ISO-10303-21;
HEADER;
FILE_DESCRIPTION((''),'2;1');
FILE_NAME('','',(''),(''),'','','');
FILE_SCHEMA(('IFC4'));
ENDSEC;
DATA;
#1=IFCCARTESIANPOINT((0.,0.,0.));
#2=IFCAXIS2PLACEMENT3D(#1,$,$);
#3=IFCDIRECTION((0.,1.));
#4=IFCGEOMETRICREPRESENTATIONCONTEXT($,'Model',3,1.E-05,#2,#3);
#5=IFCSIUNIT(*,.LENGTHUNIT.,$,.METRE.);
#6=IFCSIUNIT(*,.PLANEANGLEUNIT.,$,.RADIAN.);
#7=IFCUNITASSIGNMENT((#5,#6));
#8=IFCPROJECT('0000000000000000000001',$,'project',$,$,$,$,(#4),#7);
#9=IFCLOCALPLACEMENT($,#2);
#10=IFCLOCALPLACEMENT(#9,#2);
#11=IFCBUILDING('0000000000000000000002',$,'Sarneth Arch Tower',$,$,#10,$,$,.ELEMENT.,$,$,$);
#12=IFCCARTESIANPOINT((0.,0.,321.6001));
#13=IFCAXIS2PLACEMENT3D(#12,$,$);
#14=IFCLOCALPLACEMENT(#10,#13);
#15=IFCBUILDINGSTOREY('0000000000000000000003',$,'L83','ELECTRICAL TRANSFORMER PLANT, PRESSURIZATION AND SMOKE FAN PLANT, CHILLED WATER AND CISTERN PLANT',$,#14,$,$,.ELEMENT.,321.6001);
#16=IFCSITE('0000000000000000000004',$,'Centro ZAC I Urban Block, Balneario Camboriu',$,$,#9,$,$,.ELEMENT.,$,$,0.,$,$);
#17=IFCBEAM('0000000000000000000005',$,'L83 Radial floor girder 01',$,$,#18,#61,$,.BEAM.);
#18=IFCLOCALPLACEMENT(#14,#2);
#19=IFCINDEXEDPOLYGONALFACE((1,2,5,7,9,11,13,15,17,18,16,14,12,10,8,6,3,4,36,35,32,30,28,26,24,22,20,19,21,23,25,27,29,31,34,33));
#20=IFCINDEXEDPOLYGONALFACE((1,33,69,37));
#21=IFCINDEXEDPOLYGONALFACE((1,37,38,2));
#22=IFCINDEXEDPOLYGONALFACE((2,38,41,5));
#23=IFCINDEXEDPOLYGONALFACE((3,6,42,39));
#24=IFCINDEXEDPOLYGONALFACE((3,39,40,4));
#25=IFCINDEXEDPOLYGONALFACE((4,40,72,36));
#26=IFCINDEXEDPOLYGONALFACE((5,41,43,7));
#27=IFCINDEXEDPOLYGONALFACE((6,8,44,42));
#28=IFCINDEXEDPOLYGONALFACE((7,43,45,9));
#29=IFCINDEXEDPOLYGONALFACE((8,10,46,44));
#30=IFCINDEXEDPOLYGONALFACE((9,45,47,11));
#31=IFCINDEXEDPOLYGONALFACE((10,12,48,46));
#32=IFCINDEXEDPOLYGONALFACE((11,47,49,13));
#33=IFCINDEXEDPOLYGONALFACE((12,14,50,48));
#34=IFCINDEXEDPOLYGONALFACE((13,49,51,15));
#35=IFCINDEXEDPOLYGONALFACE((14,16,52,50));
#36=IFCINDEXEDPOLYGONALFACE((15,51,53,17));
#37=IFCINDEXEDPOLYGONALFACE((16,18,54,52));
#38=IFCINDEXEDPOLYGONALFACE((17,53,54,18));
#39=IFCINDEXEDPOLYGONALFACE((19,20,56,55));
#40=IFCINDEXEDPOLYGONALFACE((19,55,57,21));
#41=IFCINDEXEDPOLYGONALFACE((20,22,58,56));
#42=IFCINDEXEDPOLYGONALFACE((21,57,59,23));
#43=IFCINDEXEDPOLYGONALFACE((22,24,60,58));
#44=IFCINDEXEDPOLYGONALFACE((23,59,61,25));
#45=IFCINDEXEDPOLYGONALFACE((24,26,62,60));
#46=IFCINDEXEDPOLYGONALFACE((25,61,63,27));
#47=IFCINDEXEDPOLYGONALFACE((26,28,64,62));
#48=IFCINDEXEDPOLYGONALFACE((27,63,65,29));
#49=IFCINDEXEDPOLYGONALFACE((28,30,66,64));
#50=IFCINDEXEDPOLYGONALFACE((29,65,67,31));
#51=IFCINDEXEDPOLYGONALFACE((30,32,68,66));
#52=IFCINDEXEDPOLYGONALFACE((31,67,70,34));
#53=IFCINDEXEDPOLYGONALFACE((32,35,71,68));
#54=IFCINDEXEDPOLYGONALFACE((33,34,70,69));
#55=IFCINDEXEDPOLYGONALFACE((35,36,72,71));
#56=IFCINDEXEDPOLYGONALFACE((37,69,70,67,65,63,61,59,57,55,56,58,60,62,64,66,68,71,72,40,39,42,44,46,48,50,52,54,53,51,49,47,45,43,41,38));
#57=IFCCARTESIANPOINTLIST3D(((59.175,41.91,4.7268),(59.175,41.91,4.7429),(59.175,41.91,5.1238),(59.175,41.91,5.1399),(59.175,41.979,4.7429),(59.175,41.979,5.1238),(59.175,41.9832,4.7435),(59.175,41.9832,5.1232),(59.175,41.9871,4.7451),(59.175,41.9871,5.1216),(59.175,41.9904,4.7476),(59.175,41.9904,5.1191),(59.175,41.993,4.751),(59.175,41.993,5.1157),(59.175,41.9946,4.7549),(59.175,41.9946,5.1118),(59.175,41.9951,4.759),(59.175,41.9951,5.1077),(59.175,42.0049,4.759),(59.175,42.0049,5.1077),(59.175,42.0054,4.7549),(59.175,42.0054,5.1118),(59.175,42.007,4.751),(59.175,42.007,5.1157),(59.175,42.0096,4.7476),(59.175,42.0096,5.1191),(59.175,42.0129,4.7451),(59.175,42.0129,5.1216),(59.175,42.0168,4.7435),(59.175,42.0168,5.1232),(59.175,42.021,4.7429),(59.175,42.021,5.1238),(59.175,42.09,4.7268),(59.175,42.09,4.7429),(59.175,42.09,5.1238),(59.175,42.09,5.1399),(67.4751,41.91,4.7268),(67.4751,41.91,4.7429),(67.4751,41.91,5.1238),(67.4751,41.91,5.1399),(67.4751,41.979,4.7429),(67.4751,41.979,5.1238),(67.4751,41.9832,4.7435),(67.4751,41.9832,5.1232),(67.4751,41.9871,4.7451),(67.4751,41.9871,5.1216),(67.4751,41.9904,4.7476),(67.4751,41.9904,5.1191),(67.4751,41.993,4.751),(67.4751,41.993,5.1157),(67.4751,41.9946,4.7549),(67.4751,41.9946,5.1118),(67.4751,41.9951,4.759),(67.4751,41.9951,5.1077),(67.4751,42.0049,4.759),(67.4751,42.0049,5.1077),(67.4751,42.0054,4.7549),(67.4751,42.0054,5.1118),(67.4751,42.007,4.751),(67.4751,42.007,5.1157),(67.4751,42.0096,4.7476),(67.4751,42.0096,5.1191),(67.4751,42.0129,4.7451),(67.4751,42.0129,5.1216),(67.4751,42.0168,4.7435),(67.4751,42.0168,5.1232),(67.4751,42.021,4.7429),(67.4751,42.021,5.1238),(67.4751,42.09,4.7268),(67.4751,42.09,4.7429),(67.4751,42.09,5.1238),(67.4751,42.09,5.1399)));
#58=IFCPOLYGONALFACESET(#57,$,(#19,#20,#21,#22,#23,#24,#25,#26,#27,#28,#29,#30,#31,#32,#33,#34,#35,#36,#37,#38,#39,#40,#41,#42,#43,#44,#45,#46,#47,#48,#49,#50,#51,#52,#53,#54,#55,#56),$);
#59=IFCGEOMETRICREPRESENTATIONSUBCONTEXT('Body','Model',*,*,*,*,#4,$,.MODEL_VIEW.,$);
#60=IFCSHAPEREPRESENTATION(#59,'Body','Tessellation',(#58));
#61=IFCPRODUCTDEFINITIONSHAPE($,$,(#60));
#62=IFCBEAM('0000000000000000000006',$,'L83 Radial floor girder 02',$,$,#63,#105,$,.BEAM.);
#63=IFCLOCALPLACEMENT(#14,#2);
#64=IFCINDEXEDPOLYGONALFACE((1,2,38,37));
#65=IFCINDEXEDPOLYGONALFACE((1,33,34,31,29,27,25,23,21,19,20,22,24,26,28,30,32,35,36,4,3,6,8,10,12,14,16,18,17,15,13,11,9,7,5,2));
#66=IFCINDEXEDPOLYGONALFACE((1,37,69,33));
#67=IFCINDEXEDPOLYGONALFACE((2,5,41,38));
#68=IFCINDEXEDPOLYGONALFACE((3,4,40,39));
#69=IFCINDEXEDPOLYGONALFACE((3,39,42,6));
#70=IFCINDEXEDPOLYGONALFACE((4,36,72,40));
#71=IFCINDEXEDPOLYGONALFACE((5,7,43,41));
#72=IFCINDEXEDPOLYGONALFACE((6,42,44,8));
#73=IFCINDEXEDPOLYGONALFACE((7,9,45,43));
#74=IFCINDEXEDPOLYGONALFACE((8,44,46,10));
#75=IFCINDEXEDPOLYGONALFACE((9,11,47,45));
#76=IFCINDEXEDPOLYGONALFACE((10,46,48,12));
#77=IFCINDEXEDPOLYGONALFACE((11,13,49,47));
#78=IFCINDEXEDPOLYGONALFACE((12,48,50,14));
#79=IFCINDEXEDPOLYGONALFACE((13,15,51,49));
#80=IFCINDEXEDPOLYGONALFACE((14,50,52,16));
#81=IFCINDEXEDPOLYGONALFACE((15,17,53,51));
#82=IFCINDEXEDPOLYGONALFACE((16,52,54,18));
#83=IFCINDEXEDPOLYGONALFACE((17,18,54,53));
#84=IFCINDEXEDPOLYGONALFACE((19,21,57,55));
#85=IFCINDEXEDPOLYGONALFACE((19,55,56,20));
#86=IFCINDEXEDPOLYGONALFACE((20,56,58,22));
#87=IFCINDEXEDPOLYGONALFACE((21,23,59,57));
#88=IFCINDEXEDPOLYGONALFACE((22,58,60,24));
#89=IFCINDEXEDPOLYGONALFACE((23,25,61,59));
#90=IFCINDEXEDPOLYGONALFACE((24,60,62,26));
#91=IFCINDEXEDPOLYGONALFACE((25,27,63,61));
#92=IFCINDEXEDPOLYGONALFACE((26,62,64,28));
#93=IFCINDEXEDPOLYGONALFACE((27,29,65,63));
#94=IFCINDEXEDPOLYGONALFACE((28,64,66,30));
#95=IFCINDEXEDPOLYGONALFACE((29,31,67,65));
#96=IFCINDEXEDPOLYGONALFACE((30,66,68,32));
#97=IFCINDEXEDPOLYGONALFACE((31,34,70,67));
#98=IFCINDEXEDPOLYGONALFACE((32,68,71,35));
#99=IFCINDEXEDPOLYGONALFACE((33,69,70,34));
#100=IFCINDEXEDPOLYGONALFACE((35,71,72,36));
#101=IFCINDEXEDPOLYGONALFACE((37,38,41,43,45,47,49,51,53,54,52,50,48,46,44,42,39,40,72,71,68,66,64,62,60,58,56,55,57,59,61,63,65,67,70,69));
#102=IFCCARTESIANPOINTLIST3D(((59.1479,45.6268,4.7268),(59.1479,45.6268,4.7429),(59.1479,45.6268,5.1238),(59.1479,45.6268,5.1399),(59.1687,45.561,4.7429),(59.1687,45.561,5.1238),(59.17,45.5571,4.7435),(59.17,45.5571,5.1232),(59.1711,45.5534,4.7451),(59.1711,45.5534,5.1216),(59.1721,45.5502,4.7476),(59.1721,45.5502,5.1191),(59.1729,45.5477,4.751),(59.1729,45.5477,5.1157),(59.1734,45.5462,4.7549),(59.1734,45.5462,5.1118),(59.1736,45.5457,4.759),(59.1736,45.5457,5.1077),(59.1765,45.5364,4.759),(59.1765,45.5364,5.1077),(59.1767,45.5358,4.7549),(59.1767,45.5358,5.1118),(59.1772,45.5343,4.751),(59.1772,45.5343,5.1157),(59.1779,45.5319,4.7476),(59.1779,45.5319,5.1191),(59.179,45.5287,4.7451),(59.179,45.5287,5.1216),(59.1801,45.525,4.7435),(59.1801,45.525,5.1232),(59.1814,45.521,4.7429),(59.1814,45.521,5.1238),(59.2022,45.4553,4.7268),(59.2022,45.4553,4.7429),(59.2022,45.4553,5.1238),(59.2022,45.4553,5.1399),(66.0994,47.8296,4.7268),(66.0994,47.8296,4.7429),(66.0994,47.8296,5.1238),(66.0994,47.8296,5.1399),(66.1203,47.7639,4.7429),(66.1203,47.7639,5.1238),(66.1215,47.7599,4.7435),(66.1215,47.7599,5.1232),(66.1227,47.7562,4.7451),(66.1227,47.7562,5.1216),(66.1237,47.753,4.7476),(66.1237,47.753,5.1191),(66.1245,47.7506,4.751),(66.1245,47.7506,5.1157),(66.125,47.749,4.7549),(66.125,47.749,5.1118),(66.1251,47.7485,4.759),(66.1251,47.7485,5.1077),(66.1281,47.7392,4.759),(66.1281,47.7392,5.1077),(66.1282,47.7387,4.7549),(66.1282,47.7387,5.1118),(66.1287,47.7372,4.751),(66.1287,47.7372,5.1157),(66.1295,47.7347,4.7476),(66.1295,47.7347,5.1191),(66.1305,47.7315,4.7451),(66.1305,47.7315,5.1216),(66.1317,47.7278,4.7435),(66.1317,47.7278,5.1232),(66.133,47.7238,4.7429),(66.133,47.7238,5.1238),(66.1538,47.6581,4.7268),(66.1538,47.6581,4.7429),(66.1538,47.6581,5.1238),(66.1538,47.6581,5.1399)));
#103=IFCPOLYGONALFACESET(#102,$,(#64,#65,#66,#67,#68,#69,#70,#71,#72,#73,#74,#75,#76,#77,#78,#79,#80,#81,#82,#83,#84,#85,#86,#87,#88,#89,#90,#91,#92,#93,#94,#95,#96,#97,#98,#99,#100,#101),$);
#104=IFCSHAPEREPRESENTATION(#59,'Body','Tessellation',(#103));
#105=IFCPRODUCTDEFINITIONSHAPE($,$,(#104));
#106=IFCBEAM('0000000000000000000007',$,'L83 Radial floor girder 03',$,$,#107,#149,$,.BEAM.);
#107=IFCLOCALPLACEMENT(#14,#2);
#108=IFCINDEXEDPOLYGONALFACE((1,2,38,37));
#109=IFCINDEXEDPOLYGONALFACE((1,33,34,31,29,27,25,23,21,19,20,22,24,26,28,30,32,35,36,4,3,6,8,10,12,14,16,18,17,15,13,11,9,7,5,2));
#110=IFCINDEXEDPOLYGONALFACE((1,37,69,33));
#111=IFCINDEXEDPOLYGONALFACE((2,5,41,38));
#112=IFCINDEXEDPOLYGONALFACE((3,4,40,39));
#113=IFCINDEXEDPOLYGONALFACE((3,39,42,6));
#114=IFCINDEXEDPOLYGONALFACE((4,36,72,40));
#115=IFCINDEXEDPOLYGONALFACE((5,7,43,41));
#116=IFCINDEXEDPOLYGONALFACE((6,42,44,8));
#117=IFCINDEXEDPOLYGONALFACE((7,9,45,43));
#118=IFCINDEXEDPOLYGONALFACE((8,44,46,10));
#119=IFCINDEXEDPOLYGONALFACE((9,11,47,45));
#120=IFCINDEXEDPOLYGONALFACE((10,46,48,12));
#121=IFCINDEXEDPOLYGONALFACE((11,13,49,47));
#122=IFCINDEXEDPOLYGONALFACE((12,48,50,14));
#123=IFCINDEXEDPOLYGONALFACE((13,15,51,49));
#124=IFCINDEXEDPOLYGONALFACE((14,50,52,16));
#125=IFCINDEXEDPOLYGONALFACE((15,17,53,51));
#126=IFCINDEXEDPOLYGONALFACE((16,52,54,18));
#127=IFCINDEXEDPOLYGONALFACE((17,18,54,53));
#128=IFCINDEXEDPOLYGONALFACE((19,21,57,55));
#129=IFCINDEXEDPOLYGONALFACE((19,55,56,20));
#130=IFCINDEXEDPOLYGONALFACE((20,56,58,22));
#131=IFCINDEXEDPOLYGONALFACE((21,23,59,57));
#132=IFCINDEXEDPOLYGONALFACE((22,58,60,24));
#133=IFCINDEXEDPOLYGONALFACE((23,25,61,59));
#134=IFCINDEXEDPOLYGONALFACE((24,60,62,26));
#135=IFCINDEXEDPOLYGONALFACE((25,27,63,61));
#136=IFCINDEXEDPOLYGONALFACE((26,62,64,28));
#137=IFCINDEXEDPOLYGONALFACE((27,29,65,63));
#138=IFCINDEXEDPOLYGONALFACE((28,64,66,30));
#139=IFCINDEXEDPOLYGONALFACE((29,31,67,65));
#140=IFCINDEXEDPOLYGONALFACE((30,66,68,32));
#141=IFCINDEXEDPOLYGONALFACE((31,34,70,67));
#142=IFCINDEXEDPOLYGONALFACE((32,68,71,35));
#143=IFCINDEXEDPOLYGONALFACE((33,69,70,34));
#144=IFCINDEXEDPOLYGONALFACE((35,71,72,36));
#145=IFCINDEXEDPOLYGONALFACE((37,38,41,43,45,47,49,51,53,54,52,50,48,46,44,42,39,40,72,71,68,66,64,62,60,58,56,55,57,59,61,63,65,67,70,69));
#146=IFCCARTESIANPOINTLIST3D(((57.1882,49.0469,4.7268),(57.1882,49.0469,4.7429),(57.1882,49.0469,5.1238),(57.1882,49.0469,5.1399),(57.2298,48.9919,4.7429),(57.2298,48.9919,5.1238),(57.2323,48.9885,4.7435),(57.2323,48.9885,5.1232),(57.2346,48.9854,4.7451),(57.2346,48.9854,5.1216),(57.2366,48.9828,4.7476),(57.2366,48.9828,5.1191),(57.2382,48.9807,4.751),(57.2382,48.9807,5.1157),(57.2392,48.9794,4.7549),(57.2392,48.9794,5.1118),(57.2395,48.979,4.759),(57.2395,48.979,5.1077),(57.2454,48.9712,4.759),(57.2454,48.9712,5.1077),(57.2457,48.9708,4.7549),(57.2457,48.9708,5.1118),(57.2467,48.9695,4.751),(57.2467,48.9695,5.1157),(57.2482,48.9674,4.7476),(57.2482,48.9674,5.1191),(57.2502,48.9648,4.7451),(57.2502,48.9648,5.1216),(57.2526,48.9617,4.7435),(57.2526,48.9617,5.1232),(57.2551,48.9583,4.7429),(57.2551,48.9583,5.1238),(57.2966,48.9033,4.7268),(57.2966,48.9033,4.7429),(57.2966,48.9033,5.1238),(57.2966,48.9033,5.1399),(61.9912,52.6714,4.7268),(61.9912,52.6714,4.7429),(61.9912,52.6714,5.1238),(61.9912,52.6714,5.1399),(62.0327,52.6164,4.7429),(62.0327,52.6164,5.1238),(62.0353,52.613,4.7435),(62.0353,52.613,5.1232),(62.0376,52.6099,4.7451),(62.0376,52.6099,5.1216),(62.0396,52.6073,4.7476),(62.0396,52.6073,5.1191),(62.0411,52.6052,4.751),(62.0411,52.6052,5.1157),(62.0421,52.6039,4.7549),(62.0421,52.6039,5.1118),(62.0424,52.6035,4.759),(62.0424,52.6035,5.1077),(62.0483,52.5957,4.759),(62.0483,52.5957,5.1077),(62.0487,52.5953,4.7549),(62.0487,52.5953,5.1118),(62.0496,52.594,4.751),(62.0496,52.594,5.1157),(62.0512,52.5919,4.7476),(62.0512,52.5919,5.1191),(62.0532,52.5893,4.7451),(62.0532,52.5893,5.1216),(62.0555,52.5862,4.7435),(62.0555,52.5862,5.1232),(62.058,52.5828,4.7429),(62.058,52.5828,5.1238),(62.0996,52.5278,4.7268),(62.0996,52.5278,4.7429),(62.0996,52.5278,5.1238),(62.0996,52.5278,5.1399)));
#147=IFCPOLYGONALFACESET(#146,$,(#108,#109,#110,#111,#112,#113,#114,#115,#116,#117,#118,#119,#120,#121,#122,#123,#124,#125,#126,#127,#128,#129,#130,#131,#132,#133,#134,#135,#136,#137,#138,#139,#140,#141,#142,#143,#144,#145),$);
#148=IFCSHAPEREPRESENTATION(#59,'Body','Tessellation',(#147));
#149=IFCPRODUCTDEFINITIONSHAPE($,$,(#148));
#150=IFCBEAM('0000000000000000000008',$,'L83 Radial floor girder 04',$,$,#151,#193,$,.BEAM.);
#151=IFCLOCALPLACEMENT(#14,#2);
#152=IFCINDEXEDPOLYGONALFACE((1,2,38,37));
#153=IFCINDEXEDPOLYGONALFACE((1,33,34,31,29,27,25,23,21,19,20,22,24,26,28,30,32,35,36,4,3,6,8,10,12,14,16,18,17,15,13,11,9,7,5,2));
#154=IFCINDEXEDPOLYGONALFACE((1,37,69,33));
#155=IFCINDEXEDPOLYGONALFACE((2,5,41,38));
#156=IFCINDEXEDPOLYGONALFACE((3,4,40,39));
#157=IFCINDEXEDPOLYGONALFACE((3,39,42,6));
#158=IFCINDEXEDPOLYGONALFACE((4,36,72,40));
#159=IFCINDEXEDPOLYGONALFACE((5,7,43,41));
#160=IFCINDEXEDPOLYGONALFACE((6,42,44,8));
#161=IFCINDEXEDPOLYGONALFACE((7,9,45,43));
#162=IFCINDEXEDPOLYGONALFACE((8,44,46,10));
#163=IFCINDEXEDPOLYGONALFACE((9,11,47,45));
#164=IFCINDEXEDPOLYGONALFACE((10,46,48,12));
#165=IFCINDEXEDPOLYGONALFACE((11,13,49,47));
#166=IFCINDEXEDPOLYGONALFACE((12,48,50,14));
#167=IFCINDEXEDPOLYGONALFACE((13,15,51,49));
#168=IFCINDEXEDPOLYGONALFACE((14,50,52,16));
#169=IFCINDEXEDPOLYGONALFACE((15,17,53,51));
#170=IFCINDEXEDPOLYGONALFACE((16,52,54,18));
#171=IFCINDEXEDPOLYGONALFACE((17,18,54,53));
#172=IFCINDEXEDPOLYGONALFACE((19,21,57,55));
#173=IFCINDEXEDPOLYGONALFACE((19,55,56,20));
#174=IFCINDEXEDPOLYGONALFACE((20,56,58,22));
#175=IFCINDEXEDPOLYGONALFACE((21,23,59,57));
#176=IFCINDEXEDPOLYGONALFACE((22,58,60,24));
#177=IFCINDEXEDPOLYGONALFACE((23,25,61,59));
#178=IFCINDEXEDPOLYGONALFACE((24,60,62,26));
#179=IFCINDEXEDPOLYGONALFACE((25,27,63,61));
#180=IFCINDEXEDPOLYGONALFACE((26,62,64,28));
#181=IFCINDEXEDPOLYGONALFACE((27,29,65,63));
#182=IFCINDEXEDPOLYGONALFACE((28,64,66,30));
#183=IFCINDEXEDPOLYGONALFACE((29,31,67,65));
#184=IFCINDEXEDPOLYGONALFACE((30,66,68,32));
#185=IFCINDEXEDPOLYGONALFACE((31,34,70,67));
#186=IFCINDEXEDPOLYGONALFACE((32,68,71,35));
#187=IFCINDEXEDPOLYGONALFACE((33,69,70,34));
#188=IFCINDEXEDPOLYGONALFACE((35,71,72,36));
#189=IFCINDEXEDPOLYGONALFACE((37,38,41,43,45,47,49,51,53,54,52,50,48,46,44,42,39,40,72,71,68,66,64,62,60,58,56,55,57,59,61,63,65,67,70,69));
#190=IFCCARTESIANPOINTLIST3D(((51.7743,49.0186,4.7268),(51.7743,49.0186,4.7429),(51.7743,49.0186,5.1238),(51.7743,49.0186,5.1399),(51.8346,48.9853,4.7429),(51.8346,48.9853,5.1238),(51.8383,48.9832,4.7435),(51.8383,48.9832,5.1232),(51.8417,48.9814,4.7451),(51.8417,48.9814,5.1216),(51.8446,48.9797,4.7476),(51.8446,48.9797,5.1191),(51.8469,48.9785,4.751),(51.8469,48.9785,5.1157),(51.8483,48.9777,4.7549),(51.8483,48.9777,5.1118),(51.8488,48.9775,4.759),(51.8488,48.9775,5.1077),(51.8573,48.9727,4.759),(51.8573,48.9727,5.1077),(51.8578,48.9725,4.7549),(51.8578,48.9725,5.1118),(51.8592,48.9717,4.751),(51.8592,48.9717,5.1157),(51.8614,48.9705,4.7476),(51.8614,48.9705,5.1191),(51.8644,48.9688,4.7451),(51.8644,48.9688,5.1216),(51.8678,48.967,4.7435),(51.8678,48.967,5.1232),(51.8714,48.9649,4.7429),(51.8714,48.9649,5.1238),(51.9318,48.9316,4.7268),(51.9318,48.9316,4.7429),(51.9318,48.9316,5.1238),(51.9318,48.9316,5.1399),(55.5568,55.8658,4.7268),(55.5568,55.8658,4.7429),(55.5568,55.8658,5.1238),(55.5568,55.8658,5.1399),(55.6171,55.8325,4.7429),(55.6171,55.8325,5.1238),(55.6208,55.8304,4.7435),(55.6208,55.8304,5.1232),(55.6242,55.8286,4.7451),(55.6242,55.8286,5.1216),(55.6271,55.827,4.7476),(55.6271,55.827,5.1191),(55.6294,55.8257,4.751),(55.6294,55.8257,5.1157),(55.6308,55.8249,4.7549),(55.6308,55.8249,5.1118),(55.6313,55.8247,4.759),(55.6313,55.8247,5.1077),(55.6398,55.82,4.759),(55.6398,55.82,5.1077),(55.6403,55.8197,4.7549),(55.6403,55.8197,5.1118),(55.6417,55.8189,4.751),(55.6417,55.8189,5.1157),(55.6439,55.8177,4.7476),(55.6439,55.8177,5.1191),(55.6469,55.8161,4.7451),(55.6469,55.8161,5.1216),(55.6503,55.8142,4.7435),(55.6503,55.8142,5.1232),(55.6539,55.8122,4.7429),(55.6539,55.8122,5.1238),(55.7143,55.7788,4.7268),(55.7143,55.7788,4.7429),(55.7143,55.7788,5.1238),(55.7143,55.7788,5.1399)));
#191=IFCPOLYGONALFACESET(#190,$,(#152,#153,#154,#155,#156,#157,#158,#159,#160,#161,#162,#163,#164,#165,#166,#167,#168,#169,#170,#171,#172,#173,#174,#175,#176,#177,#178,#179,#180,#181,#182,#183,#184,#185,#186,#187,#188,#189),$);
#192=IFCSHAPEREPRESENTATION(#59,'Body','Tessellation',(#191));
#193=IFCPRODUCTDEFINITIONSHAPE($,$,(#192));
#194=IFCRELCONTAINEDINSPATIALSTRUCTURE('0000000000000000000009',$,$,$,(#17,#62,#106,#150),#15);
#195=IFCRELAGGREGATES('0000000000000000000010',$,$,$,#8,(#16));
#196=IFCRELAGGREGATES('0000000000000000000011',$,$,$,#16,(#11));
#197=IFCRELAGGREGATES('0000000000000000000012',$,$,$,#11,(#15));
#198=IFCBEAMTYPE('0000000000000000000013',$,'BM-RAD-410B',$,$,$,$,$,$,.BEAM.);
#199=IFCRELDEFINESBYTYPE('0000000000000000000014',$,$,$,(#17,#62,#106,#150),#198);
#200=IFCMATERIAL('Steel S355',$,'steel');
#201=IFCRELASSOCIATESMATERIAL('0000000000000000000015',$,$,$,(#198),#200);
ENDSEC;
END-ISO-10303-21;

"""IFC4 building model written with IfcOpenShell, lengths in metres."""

from ifc_helpers import new_model, si_unit, direction, frame, origin, origin_2d, place, context, subcontext, project, spatial, i_section, extrude, material, material_profile, profile_set, type_object, element, save


model = new_model("IFC4")

# Units and contexts
model_context = context("Model", 3, precision=1e-05, world=origin(), true_north=direction((0.0, 1.0)))
body_context = subcontext(model_context, "Body", "Model", "MODEL_VIEW")
ifc_project = project(units=[si_unit("LENGTHUNIT", "METRE"), si_unit("PLANEANGLEUNIT", "RADIAN")], contexts=[model_context])

# Site, building, storey
site_placement = place(None, origin())
site = spatial("IfcSite", under=ifc_project, at=site_placement, Name="Centro ZAC I Urban Block, Balneario Camboriu", CompositionType="ELEMENT", RefElevation=0.0)
building_placement = place(site_placement, origin())
building = spatial("IfcBuilding", under=site, at=building_placement, Name="Sarneth Arch Tower", CompositionType="ELEMENT")
storey_placement = place(building_placement, frame((0.0, 0.0, 321.6001)))
storey = spatial("IfcBuildingStorey", under=building, at=storey_placement, Name="L83", Description="ELECTRICAL TRANSFORMER PLANT, PRESSURIZATION AND SMOKE FAN PLANT, CHILLED WATER AND CISTERN PLANT", CompositionType="ELEMENT", Elevation=321.6001)

# Beams
ifc_material_1 = material(Name="Steel S355", Category="steel")
ifc_material_profile_1 = material_profile(ifc_material_1, i_section(OverallWidth=0.1799, OverallDepth=0.4131, WebThickness=0.0098, FlangeThickness=0.0161, FilletRadius=0.0161, at=origin_2d()), Name="W410x75")
ifc_profile_set_1 = profile_set([ifc_material_profile_1], Name="Steel S355")
beam_type_1 = type_object("IfcBeamType", Name="BM-RAD-410B", PredefinedType="BEAM", material=ifc_profile_set_1)
beam_1_placement = place(storey_placement, frame((59.175, 42.0, 4.9333), z_axis=(1.0, 0.0, 0.0), x_axis=(0.0, 1.0, 0.0)))
element("IfcBeam", 1, at=beam_1_placement, inside=storey, type_object=beam_type_1, Name="L83 Radial floor girder 01", PredefinedType="BEAM", context=body_context, shape_type="SweptSolid", body=[
    extrude(i_section(OverallWidth=0.1799, OverallDepth=0.4131, WebThickness=0.0098, FlangeThickness=0.0161, FilletRadius=0.0161, at=origin_2d()), origin(), (0.0, 0.0, 1.0), 8.3),
])
beam_2_placement = place(storey_placement, frame((59.175, 45.541, 4.9333), z_axis=(0.953282, 0.302081, 0.0), x_axis=(-0.302081, 0.953282, 0.0)))
element("IfcBeam", 2, at=beam_2_placement, inside=storey, type_object=beam_type_1, Name="L83 Radial floor girder 02", PredefinedType="BEAM", context=body_context, shape_type="SweptSolid", body=[
    extrude(i_section(OverallWidth=0.1799, OverallDepth=0.4131, WebThickness=0.0098, FlangeThickness=0.0161, FilletRadius=0.0161, at=origin_2d()), origin(), (0.0, 0.0, 1.0), 7.2922),
])
beam_3_placement = place(storey_placement, frame((57.2424, 48.9751, 4.9333), z_axis=(0.798219, 0.602367, 0.0), x_axis=(-0.602367, 0.798219, 0.0)))
element("IfcBeam", 3, at=beam_3_placement, inside=storey, type_object=beam_type_1, Name="L83 Radial floor girder 03", PredefinedType="BEAM", context=body_context, shape_type="SweptSolid", body=[
    extrude(i_section(OverallWidth=0.1799, OverallDepth=0.4131, WebThickness=0.0098, FlangeThickness=0.0161, FilletRadius=0.0161, at=origin_2d()), origin(), (0.0, 0.0, 1.0), 6.0171),
])
beam_4_placement = place(storey_placement, frame((51.853, 48.9751, 4.9333), z_axis=(0.48354, 0.875322, 0.0), x_axis=(-0.875322, 0.48354, 0.0)))
element("IfcBeam", 4, at=beam_4_placement, inside=storey, type_object=beam_type_1, Name="L83 Radial floor girder 04", PredefinedType="BEAM", context=body_context, shape_type="SweptSolid", body=[
    extrude(i_section(OverallWidth=0.1799, OverallDepth=0.4131, WebThickness=0.0098, FlangeThickness=0.0161, FilletRadius=0.0161, at=origin_2d()), origin(), (0.0, 0.0, 1.0), 7.8225),
])

save(model, "model.ifc")
